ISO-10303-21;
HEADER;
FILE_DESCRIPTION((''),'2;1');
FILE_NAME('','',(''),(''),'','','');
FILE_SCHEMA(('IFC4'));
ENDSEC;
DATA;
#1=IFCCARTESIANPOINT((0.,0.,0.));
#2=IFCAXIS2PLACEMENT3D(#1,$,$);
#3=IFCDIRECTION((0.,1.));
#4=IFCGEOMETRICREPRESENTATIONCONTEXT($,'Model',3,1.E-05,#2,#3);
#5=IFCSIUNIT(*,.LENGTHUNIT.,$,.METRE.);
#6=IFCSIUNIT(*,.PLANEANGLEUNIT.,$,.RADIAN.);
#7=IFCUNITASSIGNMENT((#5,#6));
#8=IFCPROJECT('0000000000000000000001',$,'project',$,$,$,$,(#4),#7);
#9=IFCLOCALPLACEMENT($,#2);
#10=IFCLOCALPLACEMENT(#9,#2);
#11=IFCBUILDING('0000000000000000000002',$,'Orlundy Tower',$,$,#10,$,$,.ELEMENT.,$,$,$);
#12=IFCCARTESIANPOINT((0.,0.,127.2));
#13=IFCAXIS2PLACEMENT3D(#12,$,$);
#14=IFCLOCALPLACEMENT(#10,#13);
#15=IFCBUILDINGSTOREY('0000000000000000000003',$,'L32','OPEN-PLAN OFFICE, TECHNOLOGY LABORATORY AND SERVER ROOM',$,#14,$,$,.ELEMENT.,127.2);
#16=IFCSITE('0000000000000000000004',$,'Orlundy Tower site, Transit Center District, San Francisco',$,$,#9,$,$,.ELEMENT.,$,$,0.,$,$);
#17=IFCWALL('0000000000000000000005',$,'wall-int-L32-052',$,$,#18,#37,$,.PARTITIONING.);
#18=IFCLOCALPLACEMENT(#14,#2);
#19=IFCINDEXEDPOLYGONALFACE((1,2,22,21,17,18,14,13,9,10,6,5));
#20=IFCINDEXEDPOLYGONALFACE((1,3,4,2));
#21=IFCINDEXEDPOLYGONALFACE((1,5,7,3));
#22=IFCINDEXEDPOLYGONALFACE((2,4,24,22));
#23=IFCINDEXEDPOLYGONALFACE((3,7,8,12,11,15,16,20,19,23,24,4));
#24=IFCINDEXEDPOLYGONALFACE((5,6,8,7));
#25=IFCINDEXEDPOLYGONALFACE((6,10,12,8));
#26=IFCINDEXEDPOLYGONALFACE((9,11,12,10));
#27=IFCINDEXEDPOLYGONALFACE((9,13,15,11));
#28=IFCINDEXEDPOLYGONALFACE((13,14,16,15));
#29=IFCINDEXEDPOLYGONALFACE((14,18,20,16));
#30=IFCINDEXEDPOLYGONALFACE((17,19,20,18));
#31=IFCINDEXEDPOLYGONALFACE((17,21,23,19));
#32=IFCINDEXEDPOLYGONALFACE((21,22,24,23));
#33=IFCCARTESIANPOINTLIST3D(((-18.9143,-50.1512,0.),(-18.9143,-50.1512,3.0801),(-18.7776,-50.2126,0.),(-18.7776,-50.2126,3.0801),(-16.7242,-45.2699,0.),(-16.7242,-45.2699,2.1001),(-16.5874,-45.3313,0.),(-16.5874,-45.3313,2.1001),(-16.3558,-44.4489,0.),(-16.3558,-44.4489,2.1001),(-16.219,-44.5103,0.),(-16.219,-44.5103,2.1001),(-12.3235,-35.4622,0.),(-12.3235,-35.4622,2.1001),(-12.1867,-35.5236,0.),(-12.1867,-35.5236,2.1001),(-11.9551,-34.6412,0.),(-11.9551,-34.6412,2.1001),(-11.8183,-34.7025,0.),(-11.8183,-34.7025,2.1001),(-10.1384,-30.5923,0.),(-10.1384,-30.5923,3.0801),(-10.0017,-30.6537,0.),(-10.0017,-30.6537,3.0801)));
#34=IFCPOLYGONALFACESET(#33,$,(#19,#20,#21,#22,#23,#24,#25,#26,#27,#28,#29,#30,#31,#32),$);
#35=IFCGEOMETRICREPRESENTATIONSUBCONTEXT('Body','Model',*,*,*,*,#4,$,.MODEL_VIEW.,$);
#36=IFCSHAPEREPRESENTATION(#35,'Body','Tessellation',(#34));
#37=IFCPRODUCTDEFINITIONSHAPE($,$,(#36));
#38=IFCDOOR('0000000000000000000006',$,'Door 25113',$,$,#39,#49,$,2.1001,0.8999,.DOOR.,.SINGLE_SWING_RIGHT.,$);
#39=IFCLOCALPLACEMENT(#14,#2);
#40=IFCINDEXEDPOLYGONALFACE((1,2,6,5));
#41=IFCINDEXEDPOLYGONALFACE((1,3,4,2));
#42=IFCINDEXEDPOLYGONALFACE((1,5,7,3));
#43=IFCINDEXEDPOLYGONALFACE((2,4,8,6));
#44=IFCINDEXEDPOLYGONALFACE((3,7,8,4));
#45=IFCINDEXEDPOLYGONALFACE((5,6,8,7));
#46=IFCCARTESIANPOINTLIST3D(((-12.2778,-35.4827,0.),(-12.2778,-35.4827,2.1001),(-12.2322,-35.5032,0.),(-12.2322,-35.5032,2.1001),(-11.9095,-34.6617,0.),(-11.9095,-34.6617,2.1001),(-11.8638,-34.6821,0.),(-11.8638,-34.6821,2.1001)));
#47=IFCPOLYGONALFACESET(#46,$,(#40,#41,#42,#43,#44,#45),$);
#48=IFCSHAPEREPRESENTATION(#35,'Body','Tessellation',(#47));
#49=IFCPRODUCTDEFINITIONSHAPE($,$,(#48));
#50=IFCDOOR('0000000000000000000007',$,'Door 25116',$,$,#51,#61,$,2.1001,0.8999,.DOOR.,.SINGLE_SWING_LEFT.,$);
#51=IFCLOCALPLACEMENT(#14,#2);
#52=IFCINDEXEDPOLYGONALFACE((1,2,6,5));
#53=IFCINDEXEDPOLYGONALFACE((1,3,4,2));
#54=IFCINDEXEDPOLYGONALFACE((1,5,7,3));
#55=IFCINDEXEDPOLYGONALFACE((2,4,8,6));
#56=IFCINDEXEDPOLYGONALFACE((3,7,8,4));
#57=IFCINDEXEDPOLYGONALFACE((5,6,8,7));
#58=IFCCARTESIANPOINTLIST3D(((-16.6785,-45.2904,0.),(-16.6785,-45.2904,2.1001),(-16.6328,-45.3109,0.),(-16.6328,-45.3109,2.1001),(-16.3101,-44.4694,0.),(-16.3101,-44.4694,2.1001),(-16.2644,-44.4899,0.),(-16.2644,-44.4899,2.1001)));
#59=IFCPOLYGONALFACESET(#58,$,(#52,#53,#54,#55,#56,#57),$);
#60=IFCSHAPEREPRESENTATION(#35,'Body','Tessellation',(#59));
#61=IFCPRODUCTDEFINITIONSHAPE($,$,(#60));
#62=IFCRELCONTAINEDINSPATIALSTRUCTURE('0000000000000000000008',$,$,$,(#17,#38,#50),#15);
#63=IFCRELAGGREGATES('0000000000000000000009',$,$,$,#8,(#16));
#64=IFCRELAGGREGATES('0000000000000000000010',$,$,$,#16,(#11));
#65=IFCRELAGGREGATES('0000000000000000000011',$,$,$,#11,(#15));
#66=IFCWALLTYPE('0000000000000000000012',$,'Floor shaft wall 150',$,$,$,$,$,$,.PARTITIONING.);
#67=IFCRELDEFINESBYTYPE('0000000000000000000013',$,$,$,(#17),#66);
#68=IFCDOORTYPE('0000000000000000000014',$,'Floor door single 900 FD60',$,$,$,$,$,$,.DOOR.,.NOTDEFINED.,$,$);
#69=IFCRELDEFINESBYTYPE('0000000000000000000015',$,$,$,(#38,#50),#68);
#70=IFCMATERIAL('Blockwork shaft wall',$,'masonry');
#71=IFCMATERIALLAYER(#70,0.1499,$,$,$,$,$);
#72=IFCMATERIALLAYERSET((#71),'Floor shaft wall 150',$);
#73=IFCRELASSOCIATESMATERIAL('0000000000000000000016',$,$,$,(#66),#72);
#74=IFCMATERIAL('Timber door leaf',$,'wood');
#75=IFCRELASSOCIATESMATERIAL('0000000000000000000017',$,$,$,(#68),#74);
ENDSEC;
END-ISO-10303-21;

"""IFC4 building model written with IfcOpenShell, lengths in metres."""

from ifc_helpers import new_model, si_unit, direction, frame, frame_2d, origin, place, context, subcontext, project, spatial, rectangle, extrude, material, layer, layer_set, type_object, element, fill, save


model = new_model("IFC4")

# Units and contexts
model_context = context("Model", 3, precision=1e-05, world=origin(), true_north=direction((0.0, 1.0)))
body_context = subcontext(model_context, "Body", "Model", "MODEL_VIEW")
ifc_project = project(units=[si_unit("LENGTHUNIT", "METRE"), si_unit("PLANEANGLEUNIT", "RADIAN")], contexts=[model_context])

# Site, building, storey
site_placement = place(None, origin())
site = spatial("IfcSite", under=ifc_project, at=site_placement, Name="Orlundy Tower site, Transit Center District, San Francisco", CompositionType="ELEMENT", RefElevation=0.0)
building_placement = place(site_placement, origin())
building = spatial("IfcBuilding", under=site, at=building_placement, Name="Orlundy Tower", CompositionType="ELEMENT")
storey_placement = place(building_placement, frame((0.0, 0.0, 127.2)))
storey = spatial("IfcBuildingStorey", under=building, at=storey_placement, Name="L32", Description="OPEN-PLAN OFFICE, TECHNOLOGY LABORATORY AND SERVER ROOM", CompositionType="ELEMENT", Elevation=127.2)

# Shared definitions
ifc_material_1 = material(Name="Blockwork shaft wall", Category="masonry")
ifc_layer_1 = layer(ifc_material_1, 0.1499)
ifc_layer_set_1 = layer_set([ifc_layer_1], Name="Floor shaft wall 150")
wall_type = type_object("IfcWallType", Name="Floor shaft wall 150", PredefinedType="PARTITIONING", material=ifc_layer_set_1)
ifc_material_2 = material(Name="Timber door leaf", Category="wood")
door_type = type_object("IfcDoorType", Name="Floor door single 900 FD60", OperationType="NOTDEFINED", PredefinedType="DOOR", material=ifc_material_2)

# Wall, openings, doors
wall_1_placement = place(storey_placement, frame((-18.8459, -50.1819, 0.0), z_axis=(0.0, 0.0, 1.0), x_axis=(0.409371, 0.912368, 0.0)))
wall_1 = element("IfcWall", 1, at=wall_1_placement, inside=storey, type_object=wall_type, Name="wall-int-L32-052", PredefinedType="PARTITIONING", context=body_context, shape_type="SweptSolid", body=[
    extrude(rectangle(XDim=21.4375, YDim=0.1499, at=frame_2d((10.7188, 0.0))), origin(), (0.0, 0.0, 1.0), 3.0801),
])
opening_1_placement = place(wall_1_placement, frame((16.0999, 0.0, 0.0)))
opening_1 = element("IfcOpeningElement", 2, at=opening_1_placement, cuts=wall_1, PredefinedType="OPENING", context=body_context, shape_type="SweptSolid", body=[
    extrude(rectangle(XDim=0.8999, YDim=2.1001, at=frame_2d((0.45, 1.05))), frame((0.0, 0.085, 0.0), z_axis=(0.0, -1.0, 0.0), x_axis=(1.0, 0.0, 0.0)), (0.0, 0.0, 1.0), 0.1699),
])
opening_2_placement = place(wall_1_placement, frame((5.3501, 0.0, 0.0)))
opening_2 = element("IfcOpeningElement", 3, at=opening_2_placement, cuts=wall_1, PredefinedType="OPENING", context=body_context, shape_type="SweptSolid", body=[
    extrude(rectangle(XDim=0.8999, YDim=2.1001, at=frame_2d((0.45, 1.05))), frame((0.0, 0.085, 0.0), z_axis=(0.0, -1.0, 0.0), x_axis=(1.0, 0.0, 0.0)), (0.0, 0.0, 1.0), 0.1699),
])
door_1_placement = place(opening_1_placement, origin())
door_1 = element("IfcDoor", 4, at=door_1_placement, inside=storey, type_object=door_type, Name="Door 25113", OperationType="SINGLE_SWING_RIGHT", OverallHeight=2.1001, OverallWidth=0.8999, PredefinedType="DOOR", context=body_context, shape_type="SweptSolid", body=[
    extrude(rectangle(XDim=0.8999, YDim=2.1001, at=frame_2d((0.45, 1.05))), frame((0.0, 0.0249, 0.0), z_axis=(0.0, -1.0, 0.0), x_axis=(1.0, 0.0, 0.0)), (0.0, 0.0, 1.0), 0.05),
])
fill(opening_1, door_1)
door_2_placement = place(opening_2_placement, origin())
door_2 = element("IfcDoor", 5, at=door_2_placement, inside=storey, type_object=door_type, Name="Door 25116", OperationType="SINGLE_SWING_LEFT", OverallHeight=2.1001, OverallWidth=0.8999, PredefinedType="DOOR", context=body_context, shape_type="SweptSolid", body=[
    extrude(rectangle(XDim=0.8999, YDim=2.1001, at=frame_2d((0.45, 1.05))), frame((0.0, 0.0249, 0.0), z_axis=(0.0, -1.0, 0.0), x_axis=(1.0, 0.0, 0.0)), (0.0, 0.0, 1.0), 0.05),
])
fill(opening_2, door_2)

save(model, "model.ifc")
